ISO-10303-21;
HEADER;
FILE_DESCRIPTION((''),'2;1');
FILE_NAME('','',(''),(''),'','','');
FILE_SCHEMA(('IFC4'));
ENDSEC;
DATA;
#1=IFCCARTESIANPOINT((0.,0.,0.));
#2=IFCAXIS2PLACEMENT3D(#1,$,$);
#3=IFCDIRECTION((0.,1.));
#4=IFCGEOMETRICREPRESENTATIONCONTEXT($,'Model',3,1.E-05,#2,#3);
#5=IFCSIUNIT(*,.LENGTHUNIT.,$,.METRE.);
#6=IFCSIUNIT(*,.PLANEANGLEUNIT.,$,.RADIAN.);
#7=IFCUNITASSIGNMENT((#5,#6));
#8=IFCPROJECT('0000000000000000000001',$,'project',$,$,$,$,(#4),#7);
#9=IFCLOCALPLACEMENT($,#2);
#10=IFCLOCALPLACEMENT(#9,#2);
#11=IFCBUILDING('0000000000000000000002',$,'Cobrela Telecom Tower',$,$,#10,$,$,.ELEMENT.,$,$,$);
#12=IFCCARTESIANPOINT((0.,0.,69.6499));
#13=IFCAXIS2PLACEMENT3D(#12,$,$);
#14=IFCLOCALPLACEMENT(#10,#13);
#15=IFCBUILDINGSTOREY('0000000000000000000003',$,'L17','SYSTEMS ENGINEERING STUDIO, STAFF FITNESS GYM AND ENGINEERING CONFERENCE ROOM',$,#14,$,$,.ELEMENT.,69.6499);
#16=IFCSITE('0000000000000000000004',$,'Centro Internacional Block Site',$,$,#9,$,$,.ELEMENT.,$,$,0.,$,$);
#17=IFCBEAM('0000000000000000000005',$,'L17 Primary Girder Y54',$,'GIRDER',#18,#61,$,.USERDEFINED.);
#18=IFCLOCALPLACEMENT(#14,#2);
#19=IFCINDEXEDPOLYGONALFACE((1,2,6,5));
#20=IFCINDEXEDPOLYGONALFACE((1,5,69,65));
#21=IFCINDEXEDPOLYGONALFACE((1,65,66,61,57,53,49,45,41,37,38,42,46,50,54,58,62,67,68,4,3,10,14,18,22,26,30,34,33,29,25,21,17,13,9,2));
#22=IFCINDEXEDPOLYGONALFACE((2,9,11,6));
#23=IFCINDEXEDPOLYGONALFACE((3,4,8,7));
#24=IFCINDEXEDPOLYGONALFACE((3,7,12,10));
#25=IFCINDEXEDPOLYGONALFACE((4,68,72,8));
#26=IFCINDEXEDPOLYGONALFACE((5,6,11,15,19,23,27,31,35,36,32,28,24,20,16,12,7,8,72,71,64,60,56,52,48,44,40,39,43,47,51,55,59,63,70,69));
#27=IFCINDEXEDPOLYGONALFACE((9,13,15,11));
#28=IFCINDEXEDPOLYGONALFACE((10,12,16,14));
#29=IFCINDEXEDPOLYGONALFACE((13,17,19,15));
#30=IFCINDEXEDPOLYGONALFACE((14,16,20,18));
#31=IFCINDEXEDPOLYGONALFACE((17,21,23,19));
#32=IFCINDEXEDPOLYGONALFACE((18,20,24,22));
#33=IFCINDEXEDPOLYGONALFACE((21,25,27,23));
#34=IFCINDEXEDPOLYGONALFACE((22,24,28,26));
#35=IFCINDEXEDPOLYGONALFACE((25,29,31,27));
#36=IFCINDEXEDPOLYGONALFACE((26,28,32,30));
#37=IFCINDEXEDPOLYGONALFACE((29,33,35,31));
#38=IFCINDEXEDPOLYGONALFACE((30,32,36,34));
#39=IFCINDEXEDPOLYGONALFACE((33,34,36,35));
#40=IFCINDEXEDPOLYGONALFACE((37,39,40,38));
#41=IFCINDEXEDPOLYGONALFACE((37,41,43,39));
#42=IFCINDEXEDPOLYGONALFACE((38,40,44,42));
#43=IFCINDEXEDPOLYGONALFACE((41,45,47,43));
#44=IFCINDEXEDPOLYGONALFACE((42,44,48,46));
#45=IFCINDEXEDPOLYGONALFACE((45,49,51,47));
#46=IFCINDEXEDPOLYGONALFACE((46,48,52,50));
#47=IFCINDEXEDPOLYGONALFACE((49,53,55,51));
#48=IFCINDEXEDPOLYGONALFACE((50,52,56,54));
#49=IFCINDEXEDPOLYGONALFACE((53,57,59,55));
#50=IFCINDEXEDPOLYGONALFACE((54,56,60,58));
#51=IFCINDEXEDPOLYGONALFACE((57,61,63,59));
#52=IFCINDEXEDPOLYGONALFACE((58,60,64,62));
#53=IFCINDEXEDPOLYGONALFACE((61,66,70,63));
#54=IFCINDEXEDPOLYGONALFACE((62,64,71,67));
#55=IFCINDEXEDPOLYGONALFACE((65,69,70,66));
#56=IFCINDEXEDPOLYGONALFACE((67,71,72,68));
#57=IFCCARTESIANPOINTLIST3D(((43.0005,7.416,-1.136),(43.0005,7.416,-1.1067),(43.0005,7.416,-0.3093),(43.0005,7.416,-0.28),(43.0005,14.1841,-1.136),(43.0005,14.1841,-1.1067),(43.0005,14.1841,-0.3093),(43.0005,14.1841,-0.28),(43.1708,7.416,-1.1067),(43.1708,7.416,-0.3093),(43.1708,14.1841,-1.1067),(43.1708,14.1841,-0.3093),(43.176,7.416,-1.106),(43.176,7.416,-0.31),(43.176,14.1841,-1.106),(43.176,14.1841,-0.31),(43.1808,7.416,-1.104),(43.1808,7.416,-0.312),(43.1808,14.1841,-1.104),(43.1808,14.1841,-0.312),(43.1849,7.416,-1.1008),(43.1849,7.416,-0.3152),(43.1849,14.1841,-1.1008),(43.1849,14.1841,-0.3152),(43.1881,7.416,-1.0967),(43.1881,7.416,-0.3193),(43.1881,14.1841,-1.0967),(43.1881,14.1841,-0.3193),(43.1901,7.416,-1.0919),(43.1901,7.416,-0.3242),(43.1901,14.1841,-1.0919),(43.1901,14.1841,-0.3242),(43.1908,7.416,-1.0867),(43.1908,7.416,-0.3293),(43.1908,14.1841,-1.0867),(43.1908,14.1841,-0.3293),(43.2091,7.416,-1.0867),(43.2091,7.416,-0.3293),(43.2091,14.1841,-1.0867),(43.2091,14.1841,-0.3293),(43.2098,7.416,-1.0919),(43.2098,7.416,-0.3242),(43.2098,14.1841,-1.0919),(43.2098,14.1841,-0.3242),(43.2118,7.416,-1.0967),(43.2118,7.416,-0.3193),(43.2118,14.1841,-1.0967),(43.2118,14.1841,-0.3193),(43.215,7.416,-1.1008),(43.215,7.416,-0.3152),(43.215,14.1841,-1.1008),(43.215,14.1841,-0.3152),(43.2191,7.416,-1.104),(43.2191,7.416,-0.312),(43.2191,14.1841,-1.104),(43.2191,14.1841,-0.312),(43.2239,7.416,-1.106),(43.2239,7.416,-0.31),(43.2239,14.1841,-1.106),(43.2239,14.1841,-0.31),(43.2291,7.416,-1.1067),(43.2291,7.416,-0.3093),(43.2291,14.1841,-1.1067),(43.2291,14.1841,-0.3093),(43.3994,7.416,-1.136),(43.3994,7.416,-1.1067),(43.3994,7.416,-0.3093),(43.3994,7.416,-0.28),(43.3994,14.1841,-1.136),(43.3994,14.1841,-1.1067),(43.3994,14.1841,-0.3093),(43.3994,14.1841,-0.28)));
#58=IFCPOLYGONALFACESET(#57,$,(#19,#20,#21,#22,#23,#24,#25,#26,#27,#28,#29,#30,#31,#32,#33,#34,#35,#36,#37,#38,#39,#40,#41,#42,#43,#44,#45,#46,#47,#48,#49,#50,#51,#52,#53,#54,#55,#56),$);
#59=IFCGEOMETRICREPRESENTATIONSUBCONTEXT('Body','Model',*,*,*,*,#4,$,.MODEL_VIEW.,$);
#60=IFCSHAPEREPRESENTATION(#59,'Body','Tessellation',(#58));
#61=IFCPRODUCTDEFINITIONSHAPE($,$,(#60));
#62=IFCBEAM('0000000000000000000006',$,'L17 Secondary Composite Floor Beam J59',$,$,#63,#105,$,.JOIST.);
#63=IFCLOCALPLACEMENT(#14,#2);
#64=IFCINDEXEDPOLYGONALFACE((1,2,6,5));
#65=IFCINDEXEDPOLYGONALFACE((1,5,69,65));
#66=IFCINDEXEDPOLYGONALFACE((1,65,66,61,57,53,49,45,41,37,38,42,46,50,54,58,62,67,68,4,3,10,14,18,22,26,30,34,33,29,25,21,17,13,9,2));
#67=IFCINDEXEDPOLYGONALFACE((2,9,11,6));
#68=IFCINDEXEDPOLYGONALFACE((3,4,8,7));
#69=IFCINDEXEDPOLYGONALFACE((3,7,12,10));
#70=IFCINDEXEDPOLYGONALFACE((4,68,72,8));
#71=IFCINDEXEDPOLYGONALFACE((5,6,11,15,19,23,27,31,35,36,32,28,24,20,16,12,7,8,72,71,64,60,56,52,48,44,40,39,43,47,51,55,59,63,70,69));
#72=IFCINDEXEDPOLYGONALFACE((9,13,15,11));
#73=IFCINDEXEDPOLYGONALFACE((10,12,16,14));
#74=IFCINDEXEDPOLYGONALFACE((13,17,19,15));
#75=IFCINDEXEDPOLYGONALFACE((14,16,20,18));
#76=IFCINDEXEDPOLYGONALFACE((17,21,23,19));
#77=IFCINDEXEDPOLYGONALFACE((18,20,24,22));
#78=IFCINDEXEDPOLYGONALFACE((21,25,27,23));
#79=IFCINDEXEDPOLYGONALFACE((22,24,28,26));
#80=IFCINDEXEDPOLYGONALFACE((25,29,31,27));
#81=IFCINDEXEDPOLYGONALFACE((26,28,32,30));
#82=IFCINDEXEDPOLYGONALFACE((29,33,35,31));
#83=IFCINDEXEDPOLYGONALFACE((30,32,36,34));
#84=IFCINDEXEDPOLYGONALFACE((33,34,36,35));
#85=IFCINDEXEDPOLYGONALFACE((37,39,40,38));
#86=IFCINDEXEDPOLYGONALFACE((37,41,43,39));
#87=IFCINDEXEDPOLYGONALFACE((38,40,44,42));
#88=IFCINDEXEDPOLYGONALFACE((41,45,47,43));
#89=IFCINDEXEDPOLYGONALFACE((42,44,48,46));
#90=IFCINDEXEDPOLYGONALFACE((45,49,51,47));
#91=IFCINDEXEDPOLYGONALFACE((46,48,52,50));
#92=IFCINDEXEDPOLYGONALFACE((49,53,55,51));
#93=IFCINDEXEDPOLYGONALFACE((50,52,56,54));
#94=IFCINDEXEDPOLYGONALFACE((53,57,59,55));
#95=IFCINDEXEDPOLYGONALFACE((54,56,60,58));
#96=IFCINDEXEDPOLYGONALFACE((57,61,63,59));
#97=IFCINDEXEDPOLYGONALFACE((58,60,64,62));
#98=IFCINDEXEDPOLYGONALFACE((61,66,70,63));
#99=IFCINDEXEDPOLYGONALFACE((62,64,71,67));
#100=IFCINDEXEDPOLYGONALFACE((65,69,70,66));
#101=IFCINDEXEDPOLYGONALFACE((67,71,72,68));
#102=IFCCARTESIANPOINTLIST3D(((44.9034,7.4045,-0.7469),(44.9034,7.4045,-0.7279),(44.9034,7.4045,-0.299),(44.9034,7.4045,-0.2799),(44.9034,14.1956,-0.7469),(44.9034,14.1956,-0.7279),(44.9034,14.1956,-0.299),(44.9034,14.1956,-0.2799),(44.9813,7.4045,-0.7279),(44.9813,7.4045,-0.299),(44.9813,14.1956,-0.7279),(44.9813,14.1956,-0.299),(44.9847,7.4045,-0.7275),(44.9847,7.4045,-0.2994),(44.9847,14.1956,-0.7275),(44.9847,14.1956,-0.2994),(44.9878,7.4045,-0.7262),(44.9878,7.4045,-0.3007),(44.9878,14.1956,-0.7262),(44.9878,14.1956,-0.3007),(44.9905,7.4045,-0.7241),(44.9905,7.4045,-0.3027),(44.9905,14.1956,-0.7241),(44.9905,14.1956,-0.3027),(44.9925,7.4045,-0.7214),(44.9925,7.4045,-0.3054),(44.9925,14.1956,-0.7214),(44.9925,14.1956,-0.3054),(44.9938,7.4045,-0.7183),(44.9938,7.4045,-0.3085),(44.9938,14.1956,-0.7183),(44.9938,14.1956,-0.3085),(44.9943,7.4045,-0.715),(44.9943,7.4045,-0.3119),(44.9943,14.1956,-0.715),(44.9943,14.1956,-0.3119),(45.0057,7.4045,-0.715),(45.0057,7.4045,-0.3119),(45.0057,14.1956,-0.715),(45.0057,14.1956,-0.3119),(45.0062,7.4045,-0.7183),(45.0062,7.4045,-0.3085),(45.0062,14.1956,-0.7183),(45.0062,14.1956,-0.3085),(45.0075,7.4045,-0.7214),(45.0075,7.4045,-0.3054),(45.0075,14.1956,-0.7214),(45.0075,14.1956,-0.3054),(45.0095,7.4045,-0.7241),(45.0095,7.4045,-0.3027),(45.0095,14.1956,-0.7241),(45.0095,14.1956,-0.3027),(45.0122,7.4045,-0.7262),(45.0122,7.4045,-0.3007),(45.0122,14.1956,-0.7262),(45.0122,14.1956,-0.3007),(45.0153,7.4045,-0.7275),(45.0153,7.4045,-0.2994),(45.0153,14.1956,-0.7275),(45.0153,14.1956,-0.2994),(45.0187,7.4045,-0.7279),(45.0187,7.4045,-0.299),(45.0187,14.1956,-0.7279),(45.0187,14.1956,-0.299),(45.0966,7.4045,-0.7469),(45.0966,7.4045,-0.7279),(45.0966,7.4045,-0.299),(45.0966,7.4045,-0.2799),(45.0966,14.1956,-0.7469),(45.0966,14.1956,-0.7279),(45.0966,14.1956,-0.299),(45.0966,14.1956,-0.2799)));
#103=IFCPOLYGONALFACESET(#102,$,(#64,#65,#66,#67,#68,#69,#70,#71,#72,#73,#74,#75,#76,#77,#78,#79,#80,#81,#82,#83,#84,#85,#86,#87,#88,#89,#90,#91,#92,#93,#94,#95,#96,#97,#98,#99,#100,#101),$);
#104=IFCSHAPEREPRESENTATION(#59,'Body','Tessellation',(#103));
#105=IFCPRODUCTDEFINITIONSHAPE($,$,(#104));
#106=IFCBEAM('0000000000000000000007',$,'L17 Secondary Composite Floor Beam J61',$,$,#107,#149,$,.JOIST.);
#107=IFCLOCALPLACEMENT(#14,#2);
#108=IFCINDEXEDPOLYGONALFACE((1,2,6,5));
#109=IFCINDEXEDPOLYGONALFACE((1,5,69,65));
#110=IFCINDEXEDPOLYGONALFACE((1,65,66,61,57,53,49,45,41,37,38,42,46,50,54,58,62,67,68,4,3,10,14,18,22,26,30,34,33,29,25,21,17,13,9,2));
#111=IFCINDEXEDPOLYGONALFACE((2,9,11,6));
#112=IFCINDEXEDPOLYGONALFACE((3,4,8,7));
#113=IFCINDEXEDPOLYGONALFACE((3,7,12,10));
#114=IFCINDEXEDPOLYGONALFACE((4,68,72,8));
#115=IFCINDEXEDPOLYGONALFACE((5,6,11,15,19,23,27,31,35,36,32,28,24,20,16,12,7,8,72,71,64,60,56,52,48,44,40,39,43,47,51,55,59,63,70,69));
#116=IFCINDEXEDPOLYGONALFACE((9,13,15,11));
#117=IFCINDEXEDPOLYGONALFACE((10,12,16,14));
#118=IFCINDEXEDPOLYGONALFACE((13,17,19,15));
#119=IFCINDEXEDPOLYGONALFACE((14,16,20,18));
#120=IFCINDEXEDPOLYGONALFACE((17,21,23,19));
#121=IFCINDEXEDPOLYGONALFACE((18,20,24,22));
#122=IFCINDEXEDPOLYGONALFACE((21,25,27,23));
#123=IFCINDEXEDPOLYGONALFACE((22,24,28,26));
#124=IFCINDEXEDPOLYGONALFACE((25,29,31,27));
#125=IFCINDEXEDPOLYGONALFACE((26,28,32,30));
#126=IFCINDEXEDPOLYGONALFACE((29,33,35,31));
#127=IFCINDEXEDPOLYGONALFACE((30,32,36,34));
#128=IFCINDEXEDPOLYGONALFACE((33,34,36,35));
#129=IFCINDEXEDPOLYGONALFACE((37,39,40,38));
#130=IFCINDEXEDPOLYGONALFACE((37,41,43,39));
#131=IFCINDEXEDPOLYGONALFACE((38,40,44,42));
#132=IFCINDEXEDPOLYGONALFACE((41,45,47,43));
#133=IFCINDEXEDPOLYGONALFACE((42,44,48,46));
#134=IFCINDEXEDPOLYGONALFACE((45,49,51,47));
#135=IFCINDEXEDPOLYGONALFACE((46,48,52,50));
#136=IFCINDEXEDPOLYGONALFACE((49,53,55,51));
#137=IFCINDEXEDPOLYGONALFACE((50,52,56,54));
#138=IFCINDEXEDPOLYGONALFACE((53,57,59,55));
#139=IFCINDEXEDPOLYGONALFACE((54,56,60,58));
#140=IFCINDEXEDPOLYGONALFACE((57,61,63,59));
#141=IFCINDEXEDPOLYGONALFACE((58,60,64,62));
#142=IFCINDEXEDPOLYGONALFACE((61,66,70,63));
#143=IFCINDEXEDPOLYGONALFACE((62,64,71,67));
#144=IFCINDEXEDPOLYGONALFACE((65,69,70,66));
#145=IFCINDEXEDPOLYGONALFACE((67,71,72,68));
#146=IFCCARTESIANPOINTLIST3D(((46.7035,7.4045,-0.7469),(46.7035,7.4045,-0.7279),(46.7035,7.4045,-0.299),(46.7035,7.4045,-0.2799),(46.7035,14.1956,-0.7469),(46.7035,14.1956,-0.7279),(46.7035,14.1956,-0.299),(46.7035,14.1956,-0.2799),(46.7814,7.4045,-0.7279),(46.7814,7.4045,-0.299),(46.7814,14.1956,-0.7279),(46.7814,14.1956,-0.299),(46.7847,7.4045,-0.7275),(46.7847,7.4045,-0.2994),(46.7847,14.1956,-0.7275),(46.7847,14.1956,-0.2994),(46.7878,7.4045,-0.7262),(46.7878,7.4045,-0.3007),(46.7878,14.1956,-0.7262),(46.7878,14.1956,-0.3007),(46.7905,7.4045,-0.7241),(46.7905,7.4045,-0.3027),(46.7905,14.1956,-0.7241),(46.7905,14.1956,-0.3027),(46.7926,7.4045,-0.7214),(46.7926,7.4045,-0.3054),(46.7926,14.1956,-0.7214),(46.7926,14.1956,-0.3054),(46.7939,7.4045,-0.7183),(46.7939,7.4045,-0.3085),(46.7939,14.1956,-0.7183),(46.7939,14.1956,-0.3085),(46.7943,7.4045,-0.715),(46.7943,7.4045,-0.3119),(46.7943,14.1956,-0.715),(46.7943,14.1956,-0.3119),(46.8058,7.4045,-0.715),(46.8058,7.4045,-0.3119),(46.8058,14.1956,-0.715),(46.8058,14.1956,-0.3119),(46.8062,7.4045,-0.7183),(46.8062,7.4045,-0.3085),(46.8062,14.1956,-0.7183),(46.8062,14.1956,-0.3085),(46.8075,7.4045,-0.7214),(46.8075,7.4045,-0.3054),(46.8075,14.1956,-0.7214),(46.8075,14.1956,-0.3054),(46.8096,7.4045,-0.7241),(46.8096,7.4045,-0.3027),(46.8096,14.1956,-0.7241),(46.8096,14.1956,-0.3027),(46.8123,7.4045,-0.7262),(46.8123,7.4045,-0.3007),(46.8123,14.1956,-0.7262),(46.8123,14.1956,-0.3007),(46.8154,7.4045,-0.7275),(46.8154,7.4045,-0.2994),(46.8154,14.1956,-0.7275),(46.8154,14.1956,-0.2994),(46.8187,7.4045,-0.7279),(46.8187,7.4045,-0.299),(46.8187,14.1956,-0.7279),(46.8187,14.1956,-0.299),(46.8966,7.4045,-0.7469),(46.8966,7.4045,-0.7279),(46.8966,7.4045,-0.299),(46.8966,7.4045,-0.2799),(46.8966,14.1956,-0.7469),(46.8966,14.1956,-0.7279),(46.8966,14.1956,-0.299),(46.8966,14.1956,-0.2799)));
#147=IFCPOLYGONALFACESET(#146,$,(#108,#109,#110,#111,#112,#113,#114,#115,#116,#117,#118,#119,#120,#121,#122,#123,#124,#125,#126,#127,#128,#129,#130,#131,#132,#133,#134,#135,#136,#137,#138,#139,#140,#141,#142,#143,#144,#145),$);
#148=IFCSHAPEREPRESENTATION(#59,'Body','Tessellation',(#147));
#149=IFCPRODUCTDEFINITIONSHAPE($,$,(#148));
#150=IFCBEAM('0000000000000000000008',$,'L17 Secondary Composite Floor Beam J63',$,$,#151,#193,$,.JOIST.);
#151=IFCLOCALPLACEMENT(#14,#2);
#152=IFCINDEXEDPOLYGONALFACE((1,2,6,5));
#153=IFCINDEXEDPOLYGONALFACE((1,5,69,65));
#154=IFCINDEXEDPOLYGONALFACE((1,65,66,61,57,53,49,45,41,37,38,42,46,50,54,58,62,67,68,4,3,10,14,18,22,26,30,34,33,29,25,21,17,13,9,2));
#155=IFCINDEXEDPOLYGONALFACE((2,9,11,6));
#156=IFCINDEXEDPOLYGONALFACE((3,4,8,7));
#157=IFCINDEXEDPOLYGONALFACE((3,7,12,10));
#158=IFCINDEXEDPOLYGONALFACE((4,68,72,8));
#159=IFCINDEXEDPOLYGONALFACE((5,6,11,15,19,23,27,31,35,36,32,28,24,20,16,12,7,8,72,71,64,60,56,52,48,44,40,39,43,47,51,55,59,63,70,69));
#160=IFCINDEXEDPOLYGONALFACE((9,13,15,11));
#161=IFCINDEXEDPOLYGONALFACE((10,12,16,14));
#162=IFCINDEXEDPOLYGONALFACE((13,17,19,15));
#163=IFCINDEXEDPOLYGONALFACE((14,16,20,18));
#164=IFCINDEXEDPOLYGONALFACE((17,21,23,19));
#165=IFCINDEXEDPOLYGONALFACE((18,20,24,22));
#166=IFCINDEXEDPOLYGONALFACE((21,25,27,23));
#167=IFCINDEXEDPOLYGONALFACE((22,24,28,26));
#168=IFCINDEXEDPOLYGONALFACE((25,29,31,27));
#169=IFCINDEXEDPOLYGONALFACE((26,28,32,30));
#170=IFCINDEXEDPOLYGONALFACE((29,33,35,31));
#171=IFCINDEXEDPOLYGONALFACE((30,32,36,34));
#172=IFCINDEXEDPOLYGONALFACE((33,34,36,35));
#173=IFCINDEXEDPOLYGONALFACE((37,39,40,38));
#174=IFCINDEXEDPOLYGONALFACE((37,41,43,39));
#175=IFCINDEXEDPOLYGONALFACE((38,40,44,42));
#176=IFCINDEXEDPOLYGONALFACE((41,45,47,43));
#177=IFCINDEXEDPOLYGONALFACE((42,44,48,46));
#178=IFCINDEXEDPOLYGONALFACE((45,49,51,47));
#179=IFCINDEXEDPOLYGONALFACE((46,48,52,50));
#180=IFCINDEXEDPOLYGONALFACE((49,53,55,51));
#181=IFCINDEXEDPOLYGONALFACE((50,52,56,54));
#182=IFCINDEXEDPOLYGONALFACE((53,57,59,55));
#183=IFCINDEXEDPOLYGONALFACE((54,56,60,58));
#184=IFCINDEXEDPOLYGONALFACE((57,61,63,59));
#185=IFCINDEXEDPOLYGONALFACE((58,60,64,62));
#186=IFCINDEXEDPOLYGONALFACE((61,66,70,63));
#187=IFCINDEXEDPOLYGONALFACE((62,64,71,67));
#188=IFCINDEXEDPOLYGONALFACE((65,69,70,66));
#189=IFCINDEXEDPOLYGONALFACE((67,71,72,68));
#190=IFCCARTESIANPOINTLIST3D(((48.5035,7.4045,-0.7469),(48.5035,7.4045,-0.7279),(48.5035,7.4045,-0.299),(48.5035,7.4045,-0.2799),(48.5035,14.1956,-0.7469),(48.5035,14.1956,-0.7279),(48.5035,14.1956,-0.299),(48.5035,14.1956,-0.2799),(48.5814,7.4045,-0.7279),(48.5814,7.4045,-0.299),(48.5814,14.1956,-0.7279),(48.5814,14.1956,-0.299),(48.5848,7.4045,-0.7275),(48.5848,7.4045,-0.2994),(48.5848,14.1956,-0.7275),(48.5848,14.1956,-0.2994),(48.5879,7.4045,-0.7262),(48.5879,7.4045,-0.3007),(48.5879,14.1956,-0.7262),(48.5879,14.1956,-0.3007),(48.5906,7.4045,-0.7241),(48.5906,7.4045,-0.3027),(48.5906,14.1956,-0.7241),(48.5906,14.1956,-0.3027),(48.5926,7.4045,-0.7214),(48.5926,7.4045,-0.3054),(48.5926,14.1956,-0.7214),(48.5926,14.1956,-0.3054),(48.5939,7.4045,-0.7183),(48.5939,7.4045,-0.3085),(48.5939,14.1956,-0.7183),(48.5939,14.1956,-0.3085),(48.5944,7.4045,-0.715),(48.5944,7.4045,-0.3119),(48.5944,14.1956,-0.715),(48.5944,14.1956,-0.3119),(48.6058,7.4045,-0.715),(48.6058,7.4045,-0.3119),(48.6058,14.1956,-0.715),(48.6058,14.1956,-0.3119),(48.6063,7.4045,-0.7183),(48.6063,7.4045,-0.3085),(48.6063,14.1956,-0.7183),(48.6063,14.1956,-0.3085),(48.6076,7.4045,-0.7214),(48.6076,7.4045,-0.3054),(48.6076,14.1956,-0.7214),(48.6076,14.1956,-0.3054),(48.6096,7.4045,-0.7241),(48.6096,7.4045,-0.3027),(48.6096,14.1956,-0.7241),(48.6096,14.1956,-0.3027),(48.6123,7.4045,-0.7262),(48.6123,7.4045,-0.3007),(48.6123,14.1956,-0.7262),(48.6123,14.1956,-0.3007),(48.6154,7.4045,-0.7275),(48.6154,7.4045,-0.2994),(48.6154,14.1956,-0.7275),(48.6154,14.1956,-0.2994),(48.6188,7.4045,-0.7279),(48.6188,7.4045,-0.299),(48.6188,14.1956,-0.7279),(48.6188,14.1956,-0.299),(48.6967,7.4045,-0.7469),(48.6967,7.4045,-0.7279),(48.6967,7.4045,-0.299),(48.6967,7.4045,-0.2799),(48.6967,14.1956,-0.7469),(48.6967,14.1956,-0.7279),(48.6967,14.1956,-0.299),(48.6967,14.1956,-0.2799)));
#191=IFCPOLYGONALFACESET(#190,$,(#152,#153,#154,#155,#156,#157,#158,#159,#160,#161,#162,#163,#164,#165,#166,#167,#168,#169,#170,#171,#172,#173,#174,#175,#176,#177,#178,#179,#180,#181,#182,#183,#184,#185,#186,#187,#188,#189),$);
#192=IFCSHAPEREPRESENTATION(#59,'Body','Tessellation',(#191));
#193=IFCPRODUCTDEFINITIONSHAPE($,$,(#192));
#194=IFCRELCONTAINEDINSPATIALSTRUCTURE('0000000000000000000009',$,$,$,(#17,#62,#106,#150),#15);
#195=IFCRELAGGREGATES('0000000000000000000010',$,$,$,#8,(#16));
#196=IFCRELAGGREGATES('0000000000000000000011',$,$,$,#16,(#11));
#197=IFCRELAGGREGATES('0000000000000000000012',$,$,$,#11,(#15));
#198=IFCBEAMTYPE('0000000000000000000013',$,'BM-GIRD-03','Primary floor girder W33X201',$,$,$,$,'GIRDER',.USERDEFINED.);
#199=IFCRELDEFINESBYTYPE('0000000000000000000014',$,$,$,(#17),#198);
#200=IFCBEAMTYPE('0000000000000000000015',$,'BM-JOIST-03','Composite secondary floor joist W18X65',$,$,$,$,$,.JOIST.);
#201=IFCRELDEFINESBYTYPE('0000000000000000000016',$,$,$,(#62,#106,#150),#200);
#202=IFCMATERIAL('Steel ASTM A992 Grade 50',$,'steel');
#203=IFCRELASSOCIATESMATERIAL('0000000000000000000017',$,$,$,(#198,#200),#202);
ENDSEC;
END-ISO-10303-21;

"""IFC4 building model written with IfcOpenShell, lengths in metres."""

from ifc_helpers import new_model, si_unit, direction, frame, origin, origin_2d, place, context, subcontext, project, spatial, i_section, extrude, material, material_profile, profile_set, type_object, element, save


model = new_model("IFC4")

# Units and contexts
model_context = context("Model", 3, precision=1e-05, world=origin(), true_north=direction((0.0, 1.0)))
body_context = subcontext(model_context, "Body", "Model", "MODEL_VIEW")
ifc_project = project(units=[si_unit("LENGTHUNIT", "METRE"), si_unit("PLANEANGLEUNIT", "RADIAN")], contexts=[model_context])

# Site, building, storey
site_placement = place(None, origin())
site = spatial("IfcSite", under=ifc_project, at=site_placement, Name="Centro Internacional Block Site", CompositionType="ELEMENT", RefElevation=0.0)
building_placement = place(site_placement, origin())
building = spatial("IfcBuilding", under=site, at=building_placement, Name="Cobrela Telecom Tower", CompositionType="ELEMENT")
storey_placement = place(building_placement, frame((0.0, 0.0, 69.6499)))
storey = spatial("IfcBuildingStorey", under=building, at=storey_placement, Name="L17", Description="SYSTEMS ENGINEERING STUDIO, STAFF FITNESS GYM AND ENGINEERING CONFERENCE ROOM", CompositionType="ELEMENT", Elevation=69.6499)

# Shared definitions
ifc_material_1 = material(Name="Steel ASTM A992 Grade 50", Category="steel")

# Beams
ifc_material_profile_1 = material_profile(ifc_material_1, i_section(OverallWidth=0.3989, OverallDepth=0.856, WebThickness=0.0183, FlangeThickness=0.0293, FilletRadius=0.02, at=origin_2d()), Name="W33X201")
ifc_profile_set_1 = profile_set([ifc_material_profile_1], Name="Steel ASTM A992 Grade 50")
beam_type_1 = type_object("IfcBeamType", Name="BM-GIRD-03", Description="Primary floor girder W33X201", ElementType="GIRDER", PredefinedType="USERDEFINED", material=ifc_profile_set_1)
beam_1_placement = place(storey_placement, frame((43.2, 7.416, -0.708), z_axis=(0.0, 1.0, 0.0), x_axis=(-1.0, 0.0, 0.0)))
element("IfcBeam", 1, at=beam_1_placement, inside=storey, type_object=beam_type_1, Name="L17 Primary Girder Y54", ObjectType="GIRDER", PredefinedType="USERDEFINED", context=body_context, shape_type="SweptSolid", body=[
    extrude(i_section(OverallWidth=0.3989, OverallDepth=0.856, WebThickness=0.0183, FlangeThickness=0.0293, FilletRadius=0.02, at=origin_2d()), origin(), (0.0, 0.0, 1.0), 6.7681),
])
ifc_material_profile_2 = material_profile(ifc_material_1, i_section(OverallWidth=0.1931, OverallDepth=0.467, WebThickness=0.0115, FlangeThickness=0.019, FilletRadius=0.0129, at=origin_2d()), Name="W18X65")
ifc_profile_set_2 = profile_set([ifc_material_profile_2], Name="Steel ASTM A992 Grade 50")
beam_type_2 = type_object("IfcBeamType", Name="BM-JOIST-03", Description="Composite secondary floor joist W18X65", PredefinedType="JOIST", material=ifc_profile_set_2)
for number, where, z_axis, x_axis, name in (
    (2, (45.0, 7.4045, -0.5134), (0.0, 1.0, 0.0), (-1.0, 0.0, 0.0), "L17 Secondary Composite Floor Beam J59"),
    (3, (46.8, 7.4045, -0.5134), (0.0, 1.0, 0.0), (-1.0, 0.0, 0.0), "L17 Secondary Composite Floor Beam J61"),
    (4, (48.6001, 7.4045, -0.5134), (0.0, 1.0, 0.0), (-1.0, 0.0, 0.0), "L17 Secondary Composite Floor Beam J63"),
):
    element("IfcBeam", number, at=place(storey_placement, frame(where, z_axis=z_axis, x_axis=x_axis)), inside=storey, type_object=beam_type_2, Name=name, PredefinedType="JOIST", context=body_context, shape_type="SweptSolid", body=[
        extrude(i_section(OverallWidth=0.1931, OverallDepth=0.467, WebThickness=0.0115, FlangeThickness=0.019, FilletRadius=0.0129, at=origin_2d()), origin(), (0.0, 0.0, 1.0), 6.791),
    ])

save(model, "model.ifc")
